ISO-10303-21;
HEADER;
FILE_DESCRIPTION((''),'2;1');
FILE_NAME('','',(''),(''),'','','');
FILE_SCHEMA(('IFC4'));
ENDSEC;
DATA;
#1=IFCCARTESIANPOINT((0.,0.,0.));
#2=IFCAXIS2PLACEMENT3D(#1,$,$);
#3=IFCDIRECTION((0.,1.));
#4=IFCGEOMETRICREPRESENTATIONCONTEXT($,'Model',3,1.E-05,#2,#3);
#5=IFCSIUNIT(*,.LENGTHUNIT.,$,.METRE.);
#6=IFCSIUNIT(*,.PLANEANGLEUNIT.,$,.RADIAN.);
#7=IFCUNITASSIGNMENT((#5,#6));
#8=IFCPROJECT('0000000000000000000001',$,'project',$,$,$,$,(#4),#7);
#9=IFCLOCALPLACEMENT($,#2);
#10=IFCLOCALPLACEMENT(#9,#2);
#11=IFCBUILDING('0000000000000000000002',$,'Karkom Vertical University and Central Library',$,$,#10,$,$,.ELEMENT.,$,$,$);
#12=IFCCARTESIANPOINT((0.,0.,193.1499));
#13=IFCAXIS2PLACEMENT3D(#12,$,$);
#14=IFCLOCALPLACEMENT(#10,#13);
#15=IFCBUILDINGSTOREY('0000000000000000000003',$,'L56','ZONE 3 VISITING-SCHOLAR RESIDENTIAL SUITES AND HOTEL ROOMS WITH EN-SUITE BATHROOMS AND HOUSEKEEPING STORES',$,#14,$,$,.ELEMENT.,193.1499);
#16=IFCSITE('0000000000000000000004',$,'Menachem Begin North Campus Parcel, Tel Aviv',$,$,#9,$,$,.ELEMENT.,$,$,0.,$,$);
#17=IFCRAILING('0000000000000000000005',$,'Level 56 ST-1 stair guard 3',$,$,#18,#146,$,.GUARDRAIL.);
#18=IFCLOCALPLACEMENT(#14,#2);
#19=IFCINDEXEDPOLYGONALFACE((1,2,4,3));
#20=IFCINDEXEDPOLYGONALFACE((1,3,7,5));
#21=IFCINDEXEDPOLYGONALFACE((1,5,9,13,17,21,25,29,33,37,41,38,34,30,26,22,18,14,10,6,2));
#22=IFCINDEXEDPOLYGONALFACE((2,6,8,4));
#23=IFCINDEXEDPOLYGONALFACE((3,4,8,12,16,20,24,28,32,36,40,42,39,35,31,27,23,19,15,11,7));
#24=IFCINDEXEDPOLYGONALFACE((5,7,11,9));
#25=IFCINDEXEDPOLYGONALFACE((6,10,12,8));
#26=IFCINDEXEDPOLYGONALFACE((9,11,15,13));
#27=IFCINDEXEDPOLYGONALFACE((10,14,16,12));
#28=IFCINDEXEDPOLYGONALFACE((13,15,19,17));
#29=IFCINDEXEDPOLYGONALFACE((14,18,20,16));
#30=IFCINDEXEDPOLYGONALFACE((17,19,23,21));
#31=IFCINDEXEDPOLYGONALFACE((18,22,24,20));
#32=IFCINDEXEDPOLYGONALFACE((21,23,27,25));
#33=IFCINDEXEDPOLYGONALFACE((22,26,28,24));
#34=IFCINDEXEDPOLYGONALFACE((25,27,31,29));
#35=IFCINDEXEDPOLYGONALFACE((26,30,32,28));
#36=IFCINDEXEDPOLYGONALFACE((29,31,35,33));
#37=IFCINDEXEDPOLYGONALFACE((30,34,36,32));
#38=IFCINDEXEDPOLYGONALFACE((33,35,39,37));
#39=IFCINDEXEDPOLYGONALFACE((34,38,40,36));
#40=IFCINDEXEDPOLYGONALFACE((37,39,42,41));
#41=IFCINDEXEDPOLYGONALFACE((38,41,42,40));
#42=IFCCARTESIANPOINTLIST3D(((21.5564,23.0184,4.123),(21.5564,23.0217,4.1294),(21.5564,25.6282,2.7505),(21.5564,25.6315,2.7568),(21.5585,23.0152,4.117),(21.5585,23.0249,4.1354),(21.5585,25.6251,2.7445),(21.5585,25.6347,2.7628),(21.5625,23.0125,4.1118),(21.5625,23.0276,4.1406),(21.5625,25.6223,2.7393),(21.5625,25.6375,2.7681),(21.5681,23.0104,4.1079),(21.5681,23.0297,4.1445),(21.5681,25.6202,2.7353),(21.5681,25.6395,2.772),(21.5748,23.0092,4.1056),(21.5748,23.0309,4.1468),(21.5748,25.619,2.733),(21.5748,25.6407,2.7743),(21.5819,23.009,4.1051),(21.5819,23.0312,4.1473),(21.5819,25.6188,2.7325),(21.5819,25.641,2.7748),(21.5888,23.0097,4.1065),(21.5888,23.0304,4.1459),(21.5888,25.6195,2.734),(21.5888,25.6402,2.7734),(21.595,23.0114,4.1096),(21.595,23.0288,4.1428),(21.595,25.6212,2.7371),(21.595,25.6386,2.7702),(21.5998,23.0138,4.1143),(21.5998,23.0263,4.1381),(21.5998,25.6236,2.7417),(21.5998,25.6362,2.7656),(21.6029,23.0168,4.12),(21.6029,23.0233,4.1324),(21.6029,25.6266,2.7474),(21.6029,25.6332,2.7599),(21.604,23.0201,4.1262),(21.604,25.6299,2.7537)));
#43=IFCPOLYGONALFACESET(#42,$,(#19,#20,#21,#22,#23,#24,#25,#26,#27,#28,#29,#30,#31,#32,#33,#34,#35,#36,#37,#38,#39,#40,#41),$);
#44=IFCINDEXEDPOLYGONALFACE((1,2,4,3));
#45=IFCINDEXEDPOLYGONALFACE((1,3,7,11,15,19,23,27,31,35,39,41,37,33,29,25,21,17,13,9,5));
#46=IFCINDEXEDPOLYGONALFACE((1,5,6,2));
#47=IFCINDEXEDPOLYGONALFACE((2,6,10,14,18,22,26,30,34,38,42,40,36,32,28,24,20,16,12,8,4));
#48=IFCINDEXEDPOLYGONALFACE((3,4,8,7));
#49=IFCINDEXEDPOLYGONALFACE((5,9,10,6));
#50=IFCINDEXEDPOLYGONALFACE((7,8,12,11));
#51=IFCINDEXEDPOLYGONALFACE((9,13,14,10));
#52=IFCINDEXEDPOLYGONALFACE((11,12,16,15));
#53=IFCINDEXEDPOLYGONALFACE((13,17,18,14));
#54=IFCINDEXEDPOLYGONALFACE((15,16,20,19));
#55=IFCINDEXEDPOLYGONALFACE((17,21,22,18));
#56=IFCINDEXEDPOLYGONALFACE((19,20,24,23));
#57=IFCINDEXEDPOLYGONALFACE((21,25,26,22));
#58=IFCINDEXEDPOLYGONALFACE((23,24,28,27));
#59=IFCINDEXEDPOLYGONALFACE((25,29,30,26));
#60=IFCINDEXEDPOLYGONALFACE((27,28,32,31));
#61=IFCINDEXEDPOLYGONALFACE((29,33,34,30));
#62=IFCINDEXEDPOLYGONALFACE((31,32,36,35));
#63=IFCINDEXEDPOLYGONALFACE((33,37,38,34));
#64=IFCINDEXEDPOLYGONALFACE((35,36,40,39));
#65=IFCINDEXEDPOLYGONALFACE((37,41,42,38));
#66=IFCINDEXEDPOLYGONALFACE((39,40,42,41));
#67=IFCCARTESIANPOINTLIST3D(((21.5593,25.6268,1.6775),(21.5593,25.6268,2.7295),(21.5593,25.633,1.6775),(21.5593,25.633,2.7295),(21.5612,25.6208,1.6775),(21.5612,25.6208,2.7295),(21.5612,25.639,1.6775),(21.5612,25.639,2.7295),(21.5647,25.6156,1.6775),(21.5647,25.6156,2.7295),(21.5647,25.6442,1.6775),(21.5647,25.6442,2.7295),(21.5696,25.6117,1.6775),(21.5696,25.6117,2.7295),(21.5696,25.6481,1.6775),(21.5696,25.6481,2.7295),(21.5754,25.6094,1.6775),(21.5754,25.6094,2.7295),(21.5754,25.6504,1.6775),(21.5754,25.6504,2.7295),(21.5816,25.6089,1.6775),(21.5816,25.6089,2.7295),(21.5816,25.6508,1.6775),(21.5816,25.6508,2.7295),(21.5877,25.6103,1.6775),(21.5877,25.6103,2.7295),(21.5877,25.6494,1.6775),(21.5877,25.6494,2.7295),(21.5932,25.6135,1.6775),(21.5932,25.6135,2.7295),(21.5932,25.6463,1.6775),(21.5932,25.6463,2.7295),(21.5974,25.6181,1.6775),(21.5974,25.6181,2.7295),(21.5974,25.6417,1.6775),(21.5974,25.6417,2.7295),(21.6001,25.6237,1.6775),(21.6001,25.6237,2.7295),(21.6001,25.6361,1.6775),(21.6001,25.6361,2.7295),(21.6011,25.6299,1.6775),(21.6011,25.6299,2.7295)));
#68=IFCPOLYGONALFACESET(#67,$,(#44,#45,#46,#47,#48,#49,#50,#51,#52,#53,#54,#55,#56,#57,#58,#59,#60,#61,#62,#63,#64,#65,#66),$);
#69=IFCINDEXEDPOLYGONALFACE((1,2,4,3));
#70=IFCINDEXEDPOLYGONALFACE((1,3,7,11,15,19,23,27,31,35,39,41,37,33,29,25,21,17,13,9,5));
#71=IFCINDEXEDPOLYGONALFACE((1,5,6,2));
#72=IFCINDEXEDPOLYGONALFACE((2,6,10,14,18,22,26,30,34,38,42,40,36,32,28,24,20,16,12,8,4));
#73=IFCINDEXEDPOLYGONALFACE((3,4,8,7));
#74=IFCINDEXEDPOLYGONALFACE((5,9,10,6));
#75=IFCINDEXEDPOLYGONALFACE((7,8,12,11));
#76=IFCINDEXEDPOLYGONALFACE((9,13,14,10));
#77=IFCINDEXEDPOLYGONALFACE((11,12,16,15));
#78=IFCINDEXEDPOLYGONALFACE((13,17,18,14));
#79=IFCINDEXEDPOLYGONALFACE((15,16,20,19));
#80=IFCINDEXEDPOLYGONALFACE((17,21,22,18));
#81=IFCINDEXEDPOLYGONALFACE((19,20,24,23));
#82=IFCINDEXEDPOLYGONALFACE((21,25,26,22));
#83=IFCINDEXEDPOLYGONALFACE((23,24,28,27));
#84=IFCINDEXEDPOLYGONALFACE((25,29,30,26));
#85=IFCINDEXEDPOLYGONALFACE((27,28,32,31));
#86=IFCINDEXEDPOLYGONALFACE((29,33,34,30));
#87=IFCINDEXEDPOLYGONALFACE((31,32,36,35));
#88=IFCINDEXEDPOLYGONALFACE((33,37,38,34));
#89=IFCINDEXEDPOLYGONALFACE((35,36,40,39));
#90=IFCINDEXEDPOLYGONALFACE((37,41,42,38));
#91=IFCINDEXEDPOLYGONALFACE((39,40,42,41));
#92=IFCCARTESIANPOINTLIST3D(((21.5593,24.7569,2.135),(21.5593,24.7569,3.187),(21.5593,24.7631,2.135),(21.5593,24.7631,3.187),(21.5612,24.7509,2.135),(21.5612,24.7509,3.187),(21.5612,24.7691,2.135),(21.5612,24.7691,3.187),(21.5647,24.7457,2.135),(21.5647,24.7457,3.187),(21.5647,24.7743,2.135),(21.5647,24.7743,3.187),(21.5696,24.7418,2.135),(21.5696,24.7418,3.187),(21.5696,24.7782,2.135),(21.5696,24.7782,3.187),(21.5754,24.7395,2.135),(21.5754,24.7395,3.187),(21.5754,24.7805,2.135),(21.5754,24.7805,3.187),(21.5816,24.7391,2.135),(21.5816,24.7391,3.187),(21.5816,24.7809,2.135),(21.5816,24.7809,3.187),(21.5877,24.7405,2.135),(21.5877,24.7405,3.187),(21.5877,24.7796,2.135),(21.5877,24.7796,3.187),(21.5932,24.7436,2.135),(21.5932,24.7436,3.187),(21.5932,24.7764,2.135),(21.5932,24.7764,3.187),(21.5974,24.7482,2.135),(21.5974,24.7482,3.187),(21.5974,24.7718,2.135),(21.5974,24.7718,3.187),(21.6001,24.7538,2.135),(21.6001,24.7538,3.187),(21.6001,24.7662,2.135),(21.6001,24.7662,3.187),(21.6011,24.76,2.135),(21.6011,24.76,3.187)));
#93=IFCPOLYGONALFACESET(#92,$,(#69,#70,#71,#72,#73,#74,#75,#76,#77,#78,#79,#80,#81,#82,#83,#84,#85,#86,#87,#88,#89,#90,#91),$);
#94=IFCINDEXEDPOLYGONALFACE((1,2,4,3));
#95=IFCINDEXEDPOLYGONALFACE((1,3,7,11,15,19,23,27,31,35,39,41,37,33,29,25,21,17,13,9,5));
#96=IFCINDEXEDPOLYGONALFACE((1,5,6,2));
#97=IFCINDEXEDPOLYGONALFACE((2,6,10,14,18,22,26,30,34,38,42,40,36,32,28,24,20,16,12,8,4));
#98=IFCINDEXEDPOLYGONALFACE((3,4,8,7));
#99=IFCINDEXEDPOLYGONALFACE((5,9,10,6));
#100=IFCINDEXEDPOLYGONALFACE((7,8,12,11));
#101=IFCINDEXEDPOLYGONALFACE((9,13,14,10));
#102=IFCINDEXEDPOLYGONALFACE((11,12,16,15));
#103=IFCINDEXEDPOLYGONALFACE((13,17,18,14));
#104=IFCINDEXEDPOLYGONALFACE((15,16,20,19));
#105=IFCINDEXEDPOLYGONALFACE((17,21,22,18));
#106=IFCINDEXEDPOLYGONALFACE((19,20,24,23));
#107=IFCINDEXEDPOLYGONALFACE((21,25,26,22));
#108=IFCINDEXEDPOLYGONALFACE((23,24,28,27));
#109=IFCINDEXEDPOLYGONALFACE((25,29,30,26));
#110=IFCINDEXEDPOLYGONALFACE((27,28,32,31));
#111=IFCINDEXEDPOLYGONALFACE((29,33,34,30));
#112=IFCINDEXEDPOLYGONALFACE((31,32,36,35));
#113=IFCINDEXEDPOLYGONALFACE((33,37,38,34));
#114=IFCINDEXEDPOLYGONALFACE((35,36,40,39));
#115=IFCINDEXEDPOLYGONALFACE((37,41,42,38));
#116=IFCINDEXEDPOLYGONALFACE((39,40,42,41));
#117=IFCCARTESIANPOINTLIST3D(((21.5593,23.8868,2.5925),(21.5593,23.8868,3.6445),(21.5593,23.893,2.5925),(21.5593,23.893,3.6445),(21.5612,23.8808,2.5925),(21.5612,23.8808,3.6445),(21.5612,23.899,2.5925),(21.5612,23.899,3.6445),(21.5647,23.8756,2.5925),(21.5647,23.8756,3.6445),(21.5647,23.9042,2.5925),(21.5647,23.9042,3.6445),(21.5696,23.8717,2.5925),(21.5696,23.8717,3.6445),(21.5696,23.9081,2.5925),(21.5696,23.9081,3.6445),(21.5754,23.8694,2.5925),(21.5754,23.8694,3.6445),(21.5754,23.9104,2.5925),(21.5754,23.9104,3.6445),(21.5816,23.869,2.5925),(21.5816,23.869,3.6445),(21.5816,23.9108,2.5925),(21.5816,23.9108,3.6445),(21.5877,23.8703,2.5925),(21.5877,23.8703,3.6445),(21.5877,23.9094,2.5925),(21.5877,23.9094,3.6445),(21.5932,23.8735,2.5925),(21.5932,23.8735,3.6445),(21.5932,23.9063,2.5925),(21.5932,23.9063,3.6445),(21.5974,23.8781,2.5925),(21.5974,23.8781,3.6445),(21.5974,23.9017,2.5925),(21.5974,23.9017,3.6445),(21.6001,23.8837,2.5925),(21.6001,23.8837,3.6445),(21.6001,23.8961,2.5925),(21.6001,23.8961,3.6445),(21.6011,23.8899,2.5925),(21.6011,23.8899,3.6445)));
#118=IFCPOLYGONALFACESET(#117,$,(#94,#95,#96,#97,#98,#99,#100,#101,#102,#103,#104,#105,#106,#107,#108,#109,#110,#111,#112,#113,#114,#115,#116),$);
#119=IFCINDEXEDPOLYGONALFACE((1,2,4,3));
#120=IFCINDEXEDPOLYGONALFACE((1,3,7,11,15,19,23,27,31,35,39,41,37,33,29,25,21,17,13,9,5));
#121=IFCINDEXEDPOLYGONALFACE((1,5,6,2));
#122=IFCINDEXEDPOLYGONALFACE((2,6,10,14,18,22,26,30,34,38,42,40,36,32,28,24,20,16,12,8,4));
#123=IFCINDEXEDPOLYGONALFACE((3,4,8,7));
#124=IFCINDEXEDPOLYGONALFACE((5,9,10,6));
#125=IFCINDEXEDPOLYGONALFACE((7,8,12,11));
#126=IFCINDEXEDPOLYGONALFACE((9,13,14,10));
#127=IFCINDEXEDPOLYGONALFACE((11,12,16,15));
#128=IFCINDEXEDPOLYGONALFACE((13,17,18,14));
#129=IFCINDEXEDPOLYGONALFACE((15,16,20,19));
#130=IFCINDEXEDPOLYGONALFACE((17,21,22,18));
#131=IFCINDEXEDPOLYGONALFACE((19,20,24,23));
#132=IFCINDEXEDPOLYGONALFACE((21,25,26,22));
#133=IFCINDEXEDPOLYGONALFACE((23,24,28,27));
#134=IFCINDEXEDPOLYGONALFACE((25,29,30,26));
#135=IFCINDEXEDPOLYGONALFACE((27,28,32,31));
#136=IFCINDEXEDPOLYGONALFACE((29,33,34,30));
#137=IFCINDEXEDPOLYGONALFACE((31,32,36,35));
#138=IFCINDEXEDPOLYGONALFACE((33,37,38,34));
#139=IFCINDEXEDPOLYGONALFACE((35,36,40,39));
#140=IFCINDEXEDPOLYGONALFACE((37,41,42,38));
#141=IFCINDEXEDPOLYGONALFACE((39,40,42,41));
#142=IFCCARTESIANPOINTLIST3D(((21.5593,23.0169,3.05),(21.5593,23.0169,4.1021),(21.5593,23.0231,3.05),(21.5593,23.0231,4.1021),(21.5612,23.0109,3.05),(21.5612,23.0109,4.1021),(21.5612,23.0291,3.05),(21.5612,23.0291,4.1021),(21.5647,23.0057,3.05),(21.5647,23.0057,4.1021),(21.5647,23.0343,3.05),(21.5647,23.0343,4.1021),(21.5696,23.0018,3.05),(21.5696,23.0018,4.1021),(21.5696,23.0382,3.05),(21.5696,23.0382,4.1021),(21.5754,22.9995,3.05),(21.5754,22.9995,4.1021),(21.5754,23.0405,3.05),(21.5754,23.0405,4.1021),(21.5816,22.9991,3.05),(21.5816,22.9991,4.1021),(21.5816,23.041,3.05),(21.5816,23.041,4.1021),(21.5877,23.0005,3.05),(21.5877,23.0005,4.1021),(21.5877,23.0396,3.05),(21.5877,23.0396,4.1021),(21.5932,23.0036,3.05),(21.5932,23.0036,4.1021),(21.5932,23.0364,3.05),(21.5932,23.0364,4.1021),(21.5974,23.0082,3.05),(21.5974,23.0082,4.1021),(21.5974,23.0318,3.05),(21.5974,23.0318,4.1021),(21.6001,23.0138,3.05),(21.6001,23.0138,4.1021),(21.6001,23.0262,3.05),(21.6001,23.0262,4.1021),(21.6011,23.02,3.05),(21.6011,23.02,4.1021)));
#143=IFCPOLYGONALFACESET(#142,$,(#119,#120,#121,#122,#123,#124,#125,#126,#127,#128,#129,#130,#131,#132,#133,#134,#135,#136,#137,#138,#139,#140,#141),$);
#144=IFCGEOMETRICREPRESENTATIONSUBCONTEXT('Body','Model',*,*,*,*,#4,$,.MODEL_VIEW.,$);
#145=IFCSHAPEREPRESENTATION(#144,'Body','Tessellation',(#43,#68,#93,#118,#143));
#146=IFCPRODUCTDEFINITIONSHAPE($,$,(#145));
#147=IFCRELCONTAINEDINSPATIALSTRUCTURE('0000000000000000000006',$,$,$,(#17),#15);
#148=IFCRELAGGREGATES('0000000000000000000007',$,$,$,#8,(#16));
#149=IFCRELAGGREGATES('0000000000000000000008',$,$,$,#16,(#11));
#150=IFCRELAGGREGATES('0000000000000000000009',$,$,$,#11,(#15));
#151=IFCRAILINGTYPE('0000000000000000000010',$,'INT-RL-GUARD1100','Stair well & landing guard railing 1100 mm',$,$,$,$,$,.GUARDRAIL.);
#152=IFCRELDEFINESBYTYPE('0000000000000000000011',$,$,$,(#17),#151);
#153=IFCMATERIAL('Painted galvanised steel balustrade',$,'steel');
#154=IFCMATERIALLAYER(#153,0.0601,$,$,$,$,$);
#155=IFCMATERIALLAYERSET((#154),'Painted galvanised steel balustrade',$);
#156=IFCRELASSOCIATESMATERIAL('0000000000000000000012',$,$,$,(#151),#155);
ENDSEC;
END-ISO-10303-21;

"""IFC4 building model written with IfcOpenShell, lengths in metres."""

from ifc_helpers import new_model, si_unit, direction, frame, origin, origin_2d, place, context, subcontext, project, spatial, circle, extrude, material, layer, layer_set, type_object, element, save


model = new_model("IFC4")

# Units and contexts
model_context = context("Model", 3, precision=1e-05, world=origin(), true_north=direction((0.0, 1.0)))
body_context = subcontext(model_context, "Body", "Model", "MODEL_VIEW")
ifc_project = project(units=[si_unit("LENGTHUNIT", "METRE"), si_unit("PLANEANGLEUNIT", "RADIAN")], contexts=[model_context])

# Site, building, storey
site_placement = place(None, origin())
site = spatial("IfcSite", under=ifc_project, at=site_placement, Name="Menachem Begin North Campus Parcel, Tel Aviv", CompositionType="ELEMENT", RefElevation=0.0)
building_placement = place(site_placement, origin())
building = spatial("IfcBuilding", under=site, at=building_placement, Name="Karkom Vertical University and Central Library", CompositionType="ELEMENT")
storey_placement = place(building_placement, frame((0.0, 0.0, 193.1499)))
storey = spatial("IfcBuildingStorey", under=building, at=storey_placement, Name="L56", Description="ZONE 3 VISITING-SCHOLAR RESIDENTIAL SUITES AND HOTEL ROOMS WITH EN-SUITE BATHROOMS AND HOUSEKEEPING STORES", CompositionType="ELEMENT", Elevation=193.1499)

# Railing
ifc_material_1 = material(Name="Painted galvanised steel balustrade", Category="steel")
ifc_layer_1 = layer(ifc_material_1, 0.0601)
ifc_layer_set_1 = layer_set([ifc_layer_1], Name="Painted galvanised steel balustrade")
railing_type_1 = type_object("IfcRailingType", Name="INT-RL-GUARD1100", Description="Stair well & landing guard railing 1100 mm", PredefinedType="GUARDRAIL", material=ifc_layer_set_1)
railing_1_placement = place(storey_placement, frame((21.5801, 25.6299, 1.6775)))
element("IfcRailing", 1, at=railing_1_placement, inside=storey, type_object=railing_type_1, Name="Level 56 ST-1 stair guard 3", PredefinedType="GUARDRAIL", context=body_context, shape_type="SweptSolid", body=[
    extrude(circle(Radius=0.0239, at=origin_2d()), frame((0.0, 0.0, 1.0762), z_axis=(0.0, -0.885065, 0.465467), x_axis=(1.0, 0.0, 0.0)), (0.0, 0.0, 1.0), 2.9487),
    extrude(circle(Radius=0.021, at=origin_2d()), origin(), (0.0, 0.0, 1.0), 1.052),
    extrude(circle(Radius=0.021, at=origin_2d()), frame((0.0, -0.8699, 0.4575)), (0.0, 0.0, 1.0), 1.052),
    extrude(circle(Radius=0.021, at=origin_2d()), frame((0.0, -1.74, 0.915)), (0.0, 0.0, 1.0), 1.052),
    extrude(circle(Radius=0.021, at=origin_2d()), frame((0.0, -2.6099, 1.3726)), (0.0, 0.0, 1.0), 1.052),
])

save(model, "model.ifc")
